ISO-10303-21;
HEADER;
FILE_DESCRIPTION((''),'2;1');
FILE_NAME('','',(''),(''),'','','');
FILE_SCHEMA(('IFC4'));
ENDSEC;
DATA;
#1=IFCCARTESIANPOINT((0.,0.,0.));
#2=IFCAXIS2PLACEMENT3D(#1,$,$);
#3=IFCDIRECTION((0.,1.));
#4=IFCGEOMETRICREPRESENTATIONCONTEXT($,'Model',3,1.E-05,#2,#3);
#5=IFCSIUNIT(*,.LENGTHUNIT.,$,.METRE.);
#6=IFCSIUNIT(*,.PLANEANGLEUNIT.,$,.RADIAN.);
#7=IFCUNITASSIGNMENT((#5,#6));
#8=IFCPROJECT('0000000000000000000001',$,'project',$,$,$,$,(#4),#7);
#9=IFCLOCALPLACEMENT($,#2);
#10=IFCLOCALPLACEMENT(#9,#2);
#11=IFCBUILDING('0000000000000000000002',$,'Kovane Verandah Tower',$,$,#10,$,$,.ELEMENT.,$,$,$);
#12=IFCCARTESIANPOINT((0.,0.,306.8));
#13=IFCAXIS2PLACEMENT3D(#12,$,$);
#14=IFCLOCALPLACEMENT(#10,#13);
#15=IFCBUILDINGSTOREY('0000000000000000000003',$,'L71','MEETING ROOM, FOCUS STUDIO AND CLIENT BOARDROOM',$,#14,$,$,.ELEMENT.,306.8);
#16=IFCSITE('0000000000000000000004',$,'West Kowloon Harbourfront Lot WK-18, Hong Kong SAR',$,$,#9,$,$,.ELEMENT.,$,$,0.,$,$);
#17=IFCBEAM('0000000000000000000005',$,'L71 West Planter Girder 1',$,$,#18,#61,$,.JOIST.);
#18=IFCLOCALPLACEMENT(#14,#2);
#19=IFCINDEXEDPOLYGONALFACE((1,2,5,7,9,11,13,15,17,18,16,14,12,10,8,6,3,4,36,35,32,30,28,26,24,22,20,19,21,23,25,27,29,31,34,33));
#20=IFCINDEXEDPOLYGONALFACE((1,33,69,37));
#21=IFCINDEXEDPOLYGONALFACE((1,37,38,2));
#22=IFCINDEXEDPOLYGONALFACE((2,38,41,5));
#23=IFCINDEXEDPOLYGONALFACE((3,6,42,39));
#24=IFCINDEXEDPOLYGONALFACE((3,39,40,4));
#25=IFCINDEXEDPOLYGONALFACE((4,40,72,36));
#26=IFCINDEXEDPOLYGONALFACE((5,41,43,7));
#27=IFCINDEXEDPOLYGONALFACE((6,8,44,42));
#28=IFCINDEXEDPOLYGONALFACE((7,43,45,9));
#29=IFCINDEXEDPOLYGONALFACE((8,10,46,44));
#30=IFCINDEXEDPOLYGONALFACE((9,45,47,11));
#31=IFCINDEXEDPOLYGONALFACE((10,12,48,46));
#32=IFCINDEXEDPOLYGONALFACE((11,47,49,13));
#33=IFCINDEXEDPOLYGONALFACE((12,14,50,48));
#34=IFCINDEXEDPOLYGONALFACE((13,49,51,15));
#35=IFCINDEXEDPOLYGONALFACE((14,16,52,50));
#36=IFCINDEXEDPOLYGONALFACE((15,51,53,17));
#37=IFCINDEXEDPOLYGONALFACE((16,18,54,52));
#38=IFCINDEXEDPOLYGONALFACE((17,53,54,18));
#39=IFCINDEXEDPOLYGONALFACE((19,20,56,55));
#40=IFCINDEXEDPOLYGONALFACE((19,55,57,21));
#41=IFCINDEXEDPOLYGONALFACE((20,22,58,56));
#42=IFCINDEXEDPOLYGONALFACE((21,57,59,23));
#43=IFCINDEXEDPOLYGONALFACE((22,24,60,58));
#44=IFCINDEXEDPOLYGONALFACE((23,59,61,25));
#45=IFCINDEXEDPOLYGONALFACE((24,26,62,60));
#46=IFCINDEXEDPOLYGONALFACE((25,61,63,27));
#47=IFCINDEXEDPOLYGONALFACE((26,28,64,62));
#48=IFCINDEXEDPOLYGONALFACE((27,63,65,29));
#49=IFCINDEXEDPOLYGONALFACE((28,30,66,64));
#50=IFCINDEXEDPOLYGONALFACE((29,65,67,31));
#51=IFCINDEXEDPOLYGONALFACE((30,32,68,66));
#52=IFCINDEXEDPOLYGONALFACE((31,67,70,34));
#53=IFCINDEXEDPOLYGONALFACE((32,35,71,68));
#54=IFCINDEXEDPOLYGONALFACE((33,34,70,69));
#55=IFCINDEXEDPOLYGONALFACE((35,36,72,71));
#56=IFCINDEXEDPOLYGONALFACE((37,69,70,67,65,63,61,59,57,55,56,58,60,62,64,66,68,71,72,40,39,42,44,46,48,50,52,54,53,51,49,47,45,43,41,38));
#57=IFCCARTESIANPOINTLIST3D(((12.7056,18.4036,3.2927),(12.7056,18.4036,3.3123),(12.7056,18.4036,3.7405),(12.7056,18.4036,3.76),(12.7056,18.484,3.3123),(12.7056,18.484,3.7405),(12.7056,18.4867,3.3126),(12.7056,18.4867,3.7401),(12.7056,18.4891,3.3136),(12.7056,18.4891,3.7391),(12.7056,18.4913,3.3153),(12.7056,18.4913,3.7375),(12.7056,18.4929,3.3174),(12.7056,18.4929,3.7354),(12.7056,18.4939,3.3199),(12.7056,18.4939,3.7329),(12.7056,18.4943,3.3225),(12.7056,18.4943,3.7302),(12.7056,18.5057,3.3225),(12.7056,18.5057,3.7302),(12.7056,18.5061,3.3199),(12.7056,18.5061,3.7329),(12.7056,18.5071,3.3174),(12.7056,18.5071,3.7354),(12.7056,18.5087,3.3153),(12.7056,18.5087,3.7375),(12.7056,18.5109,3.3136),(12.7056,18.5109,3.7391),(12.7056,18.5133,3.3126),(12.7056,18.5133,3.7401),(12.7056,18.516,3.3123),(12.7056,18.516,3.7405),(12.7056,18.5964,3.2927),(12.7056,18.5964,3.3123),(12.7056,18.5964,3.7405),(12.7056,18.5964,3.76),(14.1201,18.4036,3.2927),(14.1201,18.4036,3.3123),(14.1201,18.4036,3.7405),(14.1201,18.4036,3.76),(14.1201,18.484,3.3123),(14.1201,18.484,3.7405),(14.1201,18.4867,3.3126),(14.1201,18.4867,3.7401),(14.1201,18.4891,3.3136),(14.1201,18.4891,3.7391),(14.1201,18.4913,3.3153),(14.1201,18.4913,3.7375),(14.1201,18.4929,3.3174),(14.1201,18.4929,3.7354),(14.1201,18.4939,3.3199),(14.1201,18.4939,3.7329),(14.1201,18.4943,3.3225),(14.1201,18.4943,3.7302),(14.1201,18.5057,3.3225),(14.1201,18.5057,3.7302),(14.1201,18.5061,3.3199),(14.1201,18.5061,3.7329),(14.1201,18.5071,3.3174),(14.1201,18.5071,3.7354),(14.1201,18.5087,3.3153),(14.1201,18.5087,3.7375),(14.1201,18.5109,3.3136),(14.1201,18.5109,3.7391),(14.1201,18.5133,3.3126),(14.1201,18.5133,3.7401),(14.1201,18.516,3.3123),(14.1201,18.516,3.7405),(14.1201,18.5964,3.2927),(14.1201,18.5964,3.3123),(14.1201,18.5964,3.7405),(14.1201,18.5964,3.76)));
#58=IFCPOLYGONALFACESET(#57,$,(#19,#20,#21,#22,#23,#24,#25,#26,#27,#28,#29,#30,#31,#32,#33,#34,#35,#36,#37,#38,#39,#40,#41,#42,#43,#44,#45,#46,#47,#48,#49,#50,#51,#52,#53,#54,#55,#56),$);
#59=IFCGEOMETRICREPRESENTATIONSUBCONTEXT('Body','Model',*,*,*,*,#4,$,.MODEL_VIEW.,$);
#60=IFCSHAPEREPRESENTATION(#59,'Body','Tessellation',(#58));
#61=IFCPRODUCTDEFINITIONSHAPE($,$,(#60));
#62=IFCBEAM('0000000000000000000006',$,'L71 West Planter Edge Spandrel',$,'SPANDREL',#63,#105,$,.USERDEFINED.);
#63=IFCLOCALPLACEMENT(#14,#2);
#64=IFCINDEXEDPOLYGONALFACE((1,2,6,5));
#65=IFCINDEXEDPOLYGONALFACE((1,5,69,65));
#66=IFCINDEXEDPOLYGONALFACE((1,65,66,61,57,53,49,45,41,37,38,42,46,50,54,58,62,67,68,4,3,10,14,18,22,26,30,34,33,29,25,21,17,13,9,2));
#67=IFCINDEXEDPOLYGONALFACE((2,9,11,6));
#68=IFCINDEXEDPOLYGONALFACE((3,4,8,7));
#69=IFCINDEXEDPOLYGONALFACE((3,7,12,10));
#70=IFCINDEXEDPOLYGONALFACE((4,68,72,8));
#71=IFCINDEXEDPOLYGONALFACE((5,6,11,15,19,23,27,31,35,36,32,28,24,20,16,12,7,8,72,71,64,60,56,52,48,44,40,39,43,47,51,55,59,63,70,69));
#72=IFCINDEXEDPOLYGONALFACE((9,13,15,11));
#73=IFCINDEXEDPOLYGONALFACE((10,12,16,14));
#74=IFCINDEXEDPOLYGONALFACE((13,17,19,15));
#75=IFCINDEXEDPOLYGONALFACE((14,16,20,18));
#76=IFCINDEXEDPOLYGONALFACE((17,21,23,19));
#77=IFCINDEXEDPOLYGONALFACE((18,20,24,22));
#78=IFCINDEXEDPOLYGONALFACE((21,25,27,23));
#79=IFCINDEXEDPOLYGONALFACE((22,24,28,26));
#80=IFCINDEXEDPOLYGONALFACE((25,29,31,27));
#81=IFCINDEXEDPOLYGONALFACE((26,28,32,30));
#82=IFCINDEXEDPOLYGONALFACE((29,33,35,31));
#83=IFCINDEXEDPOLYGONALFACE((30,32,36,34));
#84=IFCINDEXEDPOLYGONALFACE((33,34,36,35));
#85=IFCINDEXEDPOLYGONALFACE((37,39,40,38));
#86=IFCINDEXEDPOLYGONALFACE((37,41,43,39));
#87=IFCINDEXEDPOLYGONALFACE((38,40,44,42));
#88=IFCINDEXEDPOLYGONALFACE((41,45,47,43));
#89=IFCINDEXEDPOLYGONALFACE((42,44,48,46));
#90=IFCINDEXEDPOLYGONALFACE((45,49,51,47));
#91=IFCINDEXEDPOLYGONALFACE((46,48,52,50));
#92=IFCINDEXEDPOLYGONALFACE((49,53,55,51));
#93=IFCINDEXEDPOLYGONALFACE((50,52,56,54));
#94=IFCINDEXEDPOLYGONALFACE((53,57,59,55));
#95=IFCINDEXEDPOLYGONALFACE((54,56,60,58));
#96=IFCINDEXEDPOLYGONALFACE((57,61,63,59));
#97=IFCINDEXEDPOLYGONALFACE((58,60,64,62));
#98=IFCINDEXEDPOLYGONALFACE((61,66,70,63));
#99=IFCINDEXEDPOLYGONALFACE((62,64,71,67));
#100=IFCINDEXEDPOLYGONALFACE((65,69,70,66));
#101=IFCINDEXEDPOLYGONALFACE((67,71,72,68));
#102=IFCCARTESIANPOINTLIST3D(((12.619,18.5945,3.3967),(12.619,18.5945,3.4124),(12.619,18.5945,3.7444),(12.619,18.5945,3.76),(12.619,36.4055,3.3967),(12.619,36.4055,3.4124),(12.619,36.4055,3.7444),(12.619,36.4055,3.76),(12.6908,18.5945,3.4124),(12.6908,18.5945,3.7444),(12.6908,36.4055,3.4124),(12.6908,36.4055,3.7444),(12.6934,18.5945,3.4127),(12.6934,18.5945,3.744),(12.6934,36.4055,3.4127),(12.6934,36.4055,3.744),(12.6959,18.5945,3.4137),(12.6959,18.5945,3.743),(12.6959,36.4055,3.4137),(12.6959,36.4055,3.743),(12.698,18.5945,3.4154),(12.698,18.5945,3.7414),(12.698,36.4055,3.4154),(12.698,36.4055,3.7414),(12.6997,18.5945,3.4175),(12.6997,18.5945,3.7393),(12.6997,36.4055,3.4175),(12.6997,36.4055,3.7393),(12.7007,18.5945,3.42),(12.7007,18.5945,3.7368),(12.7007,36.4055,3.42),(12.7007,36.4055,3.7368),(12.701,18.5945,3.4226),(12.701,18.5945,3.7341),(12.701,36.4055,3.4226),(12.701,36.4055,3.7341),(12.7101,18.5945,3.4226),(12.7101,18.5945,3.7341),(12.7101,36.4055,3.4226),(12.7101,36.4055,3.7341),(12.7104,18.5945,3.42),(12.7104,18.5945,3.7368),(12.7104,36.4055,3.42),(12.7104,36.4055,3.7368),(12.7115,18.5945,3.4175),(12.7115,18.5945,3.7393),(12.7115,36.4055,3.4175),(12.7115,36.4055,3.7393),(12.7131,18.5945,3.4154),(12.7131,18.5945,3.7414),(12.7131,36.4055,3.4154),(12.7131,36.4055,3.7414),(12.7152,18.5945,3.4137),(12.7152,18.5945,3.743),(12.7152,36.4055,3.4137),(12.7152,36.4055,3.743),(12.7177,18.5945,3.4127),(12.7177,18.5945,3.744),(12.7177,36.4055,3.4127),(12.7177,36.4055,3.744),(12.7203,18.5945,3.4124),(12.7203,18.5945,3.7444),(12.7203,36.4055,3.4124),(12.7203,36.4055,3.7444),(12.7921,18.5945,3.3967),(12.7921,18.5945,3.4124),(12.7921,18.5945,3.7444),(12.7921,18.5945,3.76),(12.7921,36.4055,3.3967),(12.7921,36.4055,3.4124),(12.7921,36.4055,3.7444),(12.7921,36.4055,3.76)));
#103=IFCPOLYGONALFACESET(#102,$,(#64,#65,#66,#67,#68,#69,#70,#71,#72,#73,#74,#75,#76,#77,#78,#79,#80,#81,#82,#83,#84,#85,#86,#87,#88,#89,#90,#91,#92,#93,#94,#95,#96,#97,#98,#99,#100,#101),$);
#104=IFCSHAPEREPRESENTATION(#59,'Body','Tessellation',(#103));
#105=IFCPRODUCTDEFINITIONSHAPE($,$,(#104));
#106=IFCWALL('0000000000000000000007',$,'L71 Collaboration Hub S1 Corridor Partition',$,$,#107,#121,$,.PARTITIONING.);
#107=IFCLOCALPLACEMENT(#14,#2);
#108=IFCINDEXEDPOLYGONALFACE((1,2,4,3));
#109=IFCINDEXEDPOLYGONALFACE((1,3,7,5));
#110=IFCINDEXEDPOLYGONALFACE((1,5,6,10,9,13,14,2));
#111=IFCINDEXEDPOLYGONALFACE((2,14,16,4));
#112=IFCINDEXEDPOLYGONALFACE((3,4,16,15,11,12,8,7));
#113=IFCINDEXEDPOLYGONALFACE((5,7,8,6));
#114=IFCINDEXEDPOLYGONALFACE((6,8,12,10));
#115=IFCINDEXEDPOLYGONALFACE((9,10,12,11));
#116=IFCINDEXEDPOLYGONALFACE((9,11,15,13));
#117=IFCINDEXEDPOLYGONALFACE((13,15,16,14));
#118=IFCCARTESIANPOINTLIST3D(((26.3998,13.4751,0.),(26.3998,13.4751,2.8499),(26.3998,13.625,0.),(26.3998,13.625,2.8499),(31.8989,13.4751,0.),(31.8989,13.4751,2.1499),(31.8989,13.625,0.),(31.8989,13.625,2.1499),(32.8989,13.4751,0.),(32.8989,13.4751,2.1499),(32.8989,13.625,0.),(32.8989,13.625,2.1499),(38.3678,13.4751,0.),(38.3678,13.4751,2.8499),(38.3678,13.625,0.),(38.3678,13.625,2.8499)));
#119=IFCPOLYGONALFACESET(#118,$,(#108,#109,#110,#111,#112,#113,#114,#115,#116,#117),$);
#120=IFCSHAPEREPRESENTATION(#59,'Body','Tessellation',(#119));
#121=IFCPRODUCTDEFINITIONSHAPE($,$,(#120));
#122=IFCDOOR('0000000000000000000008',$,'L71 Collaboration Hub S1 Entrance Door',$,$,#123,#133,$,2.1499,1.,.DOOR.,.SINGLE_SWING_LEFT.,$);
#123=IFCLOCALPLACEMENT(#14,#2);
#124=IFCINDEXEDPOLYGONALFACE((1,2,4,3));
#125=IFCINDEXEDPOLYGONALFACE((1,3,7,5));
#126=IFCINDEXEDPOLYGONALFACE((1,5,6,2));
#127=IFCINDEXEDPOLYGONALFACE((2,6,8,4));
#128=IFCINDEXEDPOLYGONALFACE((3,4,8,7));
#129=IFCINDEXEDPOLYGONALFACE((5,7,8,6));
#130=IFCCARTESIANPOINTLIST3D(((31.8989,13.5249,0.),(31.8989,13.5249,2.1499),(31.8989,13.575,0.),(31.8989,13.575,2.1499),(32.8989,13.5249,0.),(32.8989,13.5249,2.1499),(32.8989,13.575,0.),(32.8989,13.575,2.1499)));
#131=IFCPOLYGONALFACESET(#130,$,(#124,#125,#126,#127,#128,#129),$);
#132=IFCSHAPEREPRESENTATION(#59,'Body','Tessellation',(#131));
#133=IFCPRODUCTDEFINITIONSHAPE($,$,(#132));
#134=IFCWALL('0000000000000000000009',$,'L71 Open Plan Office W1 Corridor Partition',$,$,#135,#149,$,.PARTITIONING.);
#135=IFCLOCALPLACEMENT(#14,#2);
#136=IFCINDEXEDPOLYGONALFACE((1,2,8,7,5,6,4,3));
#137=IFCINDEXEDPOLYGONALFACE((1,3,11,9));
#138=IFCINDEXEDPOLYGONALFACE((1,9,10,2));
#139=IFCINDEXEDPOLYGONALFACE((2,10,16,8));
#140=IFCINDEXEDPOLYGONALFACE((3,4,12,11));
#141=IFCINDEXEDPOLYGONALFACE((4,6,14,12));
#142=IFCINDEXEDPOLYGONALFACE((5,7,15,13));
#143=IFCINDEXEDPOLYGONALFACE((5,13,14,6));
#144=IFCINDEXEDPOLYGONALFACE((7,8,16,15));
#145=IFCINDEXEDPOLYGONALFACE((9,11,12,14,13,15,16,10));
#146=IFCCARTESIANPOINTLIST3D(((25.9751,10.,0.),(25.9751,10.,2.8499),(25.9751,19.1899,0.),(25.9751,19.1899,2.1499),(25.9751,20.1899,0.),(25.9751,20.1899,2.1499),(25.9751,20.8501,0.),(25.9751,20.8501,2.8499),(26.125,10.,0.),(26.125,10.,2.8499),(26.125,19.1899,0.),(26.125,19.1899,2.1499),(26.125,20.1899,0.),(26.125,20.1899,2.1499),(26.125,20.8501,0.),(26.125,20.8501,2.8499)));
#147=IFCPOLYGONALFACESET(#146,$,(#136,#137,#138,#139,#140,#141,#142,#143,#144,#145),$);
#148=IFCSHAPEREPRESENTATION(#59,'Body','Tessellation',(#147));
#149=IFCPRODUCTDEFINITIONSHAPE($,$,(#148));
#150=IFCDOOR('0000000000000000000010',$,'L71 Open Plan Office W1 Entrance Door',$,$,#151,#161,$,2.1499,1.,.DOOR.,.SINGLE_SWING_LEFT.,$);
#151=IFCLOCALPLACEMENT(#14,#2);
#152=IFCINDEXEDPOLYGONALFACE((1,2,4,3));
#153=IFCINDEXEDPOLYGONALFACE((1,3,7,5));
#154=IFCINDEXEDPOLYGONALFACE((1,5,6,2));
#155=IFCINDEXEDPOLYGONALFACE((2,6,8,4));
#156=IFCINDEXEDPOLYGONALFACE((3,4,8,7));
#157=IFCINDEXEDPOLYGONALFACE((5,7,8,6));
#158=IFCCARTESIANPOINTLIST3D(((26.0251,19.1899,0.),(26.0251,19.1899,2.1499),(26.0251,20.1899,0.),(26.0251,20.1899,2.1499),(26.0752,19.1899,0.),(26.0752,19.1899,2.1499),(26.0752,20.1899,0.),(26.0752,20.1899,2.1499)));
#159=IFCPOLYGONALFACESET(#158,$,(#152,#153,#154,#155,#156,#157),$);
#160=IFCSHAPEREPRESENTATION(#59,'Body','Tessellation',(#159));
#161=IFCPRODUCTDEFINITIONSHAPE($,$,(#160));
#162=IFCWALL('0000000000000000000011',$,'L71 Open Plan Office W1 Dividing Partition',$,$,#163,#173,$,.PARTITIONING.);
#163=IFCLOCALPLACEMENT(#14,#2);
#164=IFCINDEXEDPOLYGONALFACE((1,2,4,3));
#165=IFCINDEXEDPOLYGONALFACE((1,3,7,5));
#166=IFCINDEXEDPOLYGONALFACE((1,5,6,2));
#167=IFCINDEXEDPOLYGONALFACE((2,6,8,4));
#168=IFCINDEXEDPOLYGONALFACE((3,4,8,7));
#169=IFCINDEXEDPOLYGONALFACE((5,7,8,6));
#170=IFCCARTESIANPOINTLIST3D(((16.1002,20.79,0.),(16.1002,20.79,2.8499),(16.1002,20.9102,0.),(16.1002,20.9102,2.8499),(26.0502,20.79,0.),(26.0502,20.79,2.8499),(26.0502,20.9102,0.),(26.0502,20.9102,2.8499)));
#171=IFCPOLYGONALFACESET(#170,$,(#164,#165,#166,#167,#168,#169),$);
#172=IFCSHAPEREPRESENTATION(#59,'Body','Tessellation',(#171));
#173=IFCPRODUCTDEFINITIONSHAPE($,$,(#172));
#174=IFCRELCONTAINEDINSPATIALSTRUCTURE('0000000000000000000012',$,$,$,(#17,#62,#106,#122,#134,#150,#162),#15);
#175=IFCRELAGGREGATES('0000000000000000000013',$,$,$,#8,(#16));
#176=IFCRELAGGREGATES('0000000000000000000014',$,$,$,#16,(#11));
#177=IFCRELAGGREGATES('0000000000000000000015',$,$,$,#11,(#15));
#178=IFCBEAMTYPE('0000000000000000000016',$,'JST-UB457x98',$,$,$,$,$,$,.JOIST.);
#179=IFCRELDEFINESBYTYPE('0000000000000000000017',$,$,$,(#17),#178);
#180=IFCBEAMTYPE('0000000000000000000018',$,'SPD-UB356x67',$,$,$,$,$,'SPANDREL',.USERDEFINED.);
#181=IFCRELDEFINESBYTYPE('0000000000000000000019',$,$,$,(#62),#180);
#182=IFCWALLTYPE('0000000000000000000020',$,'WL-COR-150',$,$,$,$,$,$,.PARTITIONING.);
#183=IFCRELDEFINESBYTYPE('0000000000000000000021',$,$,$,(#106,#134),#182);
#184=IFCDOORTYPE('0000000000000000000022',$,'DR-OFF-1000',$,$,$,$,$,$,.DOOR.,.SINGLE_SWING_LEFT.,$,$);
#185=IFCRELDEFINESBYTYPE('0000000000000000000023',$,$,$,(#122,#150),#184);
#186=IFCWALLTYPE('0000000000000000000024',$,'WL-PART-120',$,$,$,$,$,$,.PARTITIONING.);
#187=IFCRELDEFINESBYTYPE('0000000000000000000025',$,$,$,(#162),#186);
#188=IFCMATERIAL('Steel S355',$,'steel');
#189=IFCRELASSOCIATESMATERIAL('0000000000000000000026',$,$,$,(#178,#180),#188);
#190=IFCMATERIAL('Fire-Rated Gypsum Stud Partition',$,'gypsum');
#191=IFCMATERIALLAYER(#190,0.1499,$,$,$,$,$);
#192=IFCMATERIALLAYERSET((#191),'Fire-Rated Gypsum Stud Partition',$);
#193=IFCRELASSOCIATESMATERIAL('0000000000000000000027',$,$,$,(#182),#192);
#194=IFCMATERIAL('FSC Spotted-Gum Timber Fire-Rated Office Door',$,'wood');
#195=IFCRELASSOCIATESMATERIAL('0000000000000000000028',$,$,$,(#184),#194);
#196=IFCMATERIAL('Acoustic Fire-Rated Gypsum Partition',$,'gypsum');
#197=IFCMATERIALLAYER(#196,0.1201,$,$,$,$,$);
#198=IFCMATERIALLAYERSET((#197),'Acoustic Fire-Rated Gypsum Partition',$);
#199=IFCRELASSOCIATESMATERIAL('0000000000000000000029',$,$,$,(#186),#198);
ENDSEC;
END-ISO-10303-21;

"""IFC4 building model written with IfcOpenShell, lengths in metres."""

from ifc_helpers import new_model, si_unit, direction, frame, frame_2d, origin, origin_2d, place, context, subcontext, project, spatial, rectangle, i_section, extrude, material, layer, layer_set, material_profile, profile_set, type_object, element, fill, save


model = new_model("IFC4")

# Units and contexts
model_context = context("Model", 3, precision=1e-05, world=origin(), true_north=direction((0.0, 1.0)))
body_context = subcontext(model_context, "Body", "Model", "MODEL_VIEW")
ifc_project = project(units=[si_unit("LENGTHUNIT", "METRE"), si_unit("PLANEANGLEUNIT", "RADIAN")], contexts=[model_context])

# Site, building, storey
site_placement = place(None, origin())
site = spatial("IfcSite", under=ifc_project, at=site_placement, Name="West Kowloon Harbourfront Lot WK-18, Hong Kong SAR", CompositionType="ELEMENT", RefElevation=0.0)
building_placement = place(site_placement, origin())
building = spatial("IfcBuilding", under=site, at=building_placement, Name="Kovane Verandah Tower", CompositionType="ELEMENT")
storey_placement = place(building_placement, frame((0.0, 0.0, 306.8)))
storey = spatial("IfcBuildingStorey", under=building, at=storey_placement, Name="L71", Description="MEETING ROOM, FOCUS STUDIO AND CLIENT BOARDROOM", CompositionType="ELEMENT", Elevation=306.8)

# Beams
ifc_material_1 = material(Name="Steel S355", Category="steel")
ifc_material_profile_1 = material_profile(ifc_material_1, i_section(OverallWidth=0.1929, OverallDepth=0.4673, WebThickness=0.0115, FlangeThickness=0.0195, FilletRadius=0.0103, at=origin_2d()), Name="UB457x191x98")
ifc_profile_set_1 = profile_set([ifc_material_profile_1], Name="Steel S355")
beam_type_1 = type_object("IfcBeamType", Name="JST-UB457x98", PredefinedType="JOIST", material=ifc_profile_set_1)
beam_1_placement = place(storey_placement, frame((14.1201, 18.5, 3.5264), z_axis=(-1.0, 0.0, 0.0), x_axis=(0.0, -1.0, 0.0)))
element("IfcBeam", 1, at=beam_1_placement, inside=storey, type_object=beam_type_1, Name="L71 West Planter Girder 1", PredefinedType="JOIST", context=body_context, shape_type="SweptSolid", body=[
    extrude(i_section(OverallWidth=0.1929, OverallDepth=0.4673, WebThickness=0.0115, FlangeThickness=0.0195, FilletRadius=0.0103, at=origin_2d()), origin(), (0.0, 0.0, 1.0), 1.4146),
])
ifc_material_profile_2 = material_profile(ifc_material_1, i_section(OverallWidth=0.1731, OverallDepth=0.3633, WebThickness=0.009, FlangeThickness=0.0156, FilletRadius=0.0103, at=origin_2d()), Name="UB356x171x67")
ifc_profile_set_2 = profile_set([ifc_material_profile_2], Name="Steel S355")
beam_type_2 = type_object("IfcBeamType", Name="SPD-UB356x67", ElementType="SPANDREL", PredefinedType="USERDEFINED", material=ifc_profile_set_2)
beam_2_placement = place(storey_placement, frame((12.7056, 18.5945, 3.5784), z_axis=(0.0, 1.0, 0.0), x_axis=(-1.0, 0.0, 0.0)))
element("IfcBeam", 2, at=beam_2_placement, inside=storey, type_object=beam_type_2, Name="L71 West Planter Edge Spandrel", ObjectType="SPANDREL", PredefinedType="USERDEFINED", context=body_context, shape_type="SweptSolid", body=[
    extrude(i_section(OverallWidth=0.1731, OverallDepth=0.3633, WebThickness=0.009, FlangeThickness=0.0156, FilletRadius=0.0103, at=origin_2d()), origin(), (0.0, 0.0, 1.0), 17.811),
])

# Walls, openings, doors
ifc_material_2 = material(Name="Fire-Rated Gypsum Stud Partition", Category="gypsum")
ifc_layer_1 = layer(ifc_material_2, 0.1499)
ifc_layer_set_1 = layer_set([ifc_layer_1], Name="Fire-Rated Gypsum Stud Partition")
wall_type_1 = type_object("IfcWallType", Name="WL-COR-150", PredefinedType="PARTITIONING", material=ifc_layer_set_1)
wall_1_placement = place(storey_placement, frame((26.3999, 13.55, 0.0), z_axis=(0.0, 0.0, 1.0), x_axis=(1.0, 0.0, 0.0)))
wall_1 = element("IfcWall", 3, at=wall_1_placement, inside=storey, type_object=wall_type_1, Name="L71 Collaboration Hub S1 Corridor Partition", PredefinedType="PARTITIONING", context=body_context, shape_type="SweptSolid", body=[
    extrude(rectangle(XDim=11.968, YDim=0.1499, at=frame_2d((5.9839, 0.0))), origin(), (0.0, 0.0, 1.0), 2.8499),
])
opening_1_placement = place(wall_1_placement, frame((5.499, 0.0, 0.0)))
opening_1 = element("IfcOpeningElement", 4, at=opening_1_placement, cuts=wall_1, PredefinedType="OPENING", context=body_context, shape_type="SweptSolid", body=[
    extrude(rectangle(XDim=1.0, YDim=2.1499, at=frame_2d((0.5, 1.075))), frame((0.0, 0.075, 0.0), z_axis=(0.0, -1.0, 0.0), x_axis=(1.0, 0.0, 0.0)), (0.0, 0.0, 1.0), 0.1499),
])
ifc_material_3 = material(Name="FSC Spotted-Gum Timber Fire-Rated Office Door", Category="wood")
door_type_1 = type_object("IfcDoorType", Name="DR-OFF-1000", OperationType="SINGLE_SWING_LEFT", PredefinedType="DOOR", material=ifc_material_3)
door_1_placement = place(opening_1_placement, origin())
door_1 = element("IfcDoor", 5, at=door_1_placement, inside=storey, type_object=door_type_1, Name="L71 Collaboration Hub S1 Entrance Door", OperationType="SINGLE_SWING_LEFT", OverallHeight=2.1499, OverallWidth=1.0, PredefinedType="DOOR", context=body_context, shape_type="SweptSolid", body=[
    extrude(rectangle(XDim=1.0, YDim=2.1499, at=frame_2d((0.5, 1.075))), frame((0.0, 0.0249, 0.0), z_axis=(0.0, -1.0, 0.0), x_axis=(1.0, 0.0, 0.0)), (0.0, 0.0, 1.0), 0.05),
])
fill(opening_1, door_1)
wall_2_placement = place(storey_placement, frame((26.05, 10.0, 0.0), z_axis=(0.0, 0.0, 1.0), x_axis=(0.0, 1.0, 0.0)))
wall_2 = element("IfcWall", 6, at=wall_2_placement, inside=storey, type_object=wall_type_1, Name="L71 Open Plan Office W1 Corridor Partition", PredefinedType="PARTITIONING", context=body_context, shape_type="SweptSolid", body=[
    extrude(rectangle(XDim=10.8501, YDim=0.1499, at=frame_2d((5.425, 0.0))), origin(), (0.0, 0.0, 1.0), 2.8499),
])
opening_2_placement = place(wall_2_placement, frame((9.1899, 0.0, 0.0)))
opening_2 = element("IfcOpeningElement", 7, at=opening_2_placement, cuts=wall_2, PredefinedType="OPENING", context=body_context, shape_type="SweptSolid", body=[
    extrude(rectangle(XDim=1.0, YDim=2.1499, at=frame_2d((0.5, 1.075))), frame((0.0, 0.075, 0.0), z_axis=(0.0, -1.0, 0.0), x_axis=(1.0, 0.0, 0.0)), (0.0, 0.0, 1.0), 0.1499),
])
door_2_placement = place(opening_2_placement, origin())
door_2 = element("IfcDoor", 8, at=door_2_placement, inside=storey, type_object=door_type_1, Name="L71 Open Plan Office W1 Entrance Door", OperationType="SINGLE_SWING_LEFT", OverallHeight=2.1499, OverallWidth=1.0, PredefinedType="DOOR", context=body_context, shape_type="SweptSolid", body=[
    extrude(rectangle(XDim=1.0, YDim=2.1499, at=frame_2d((0.5, 1.075))), frame((0.0, 0.0249, 0.0), z_axis=(0.0, -1.0, 0.0), x_axis=(1.0, 0.0, 0.0)), (0.0, 0.0, 1.0), 0.05),
])
fill(opening_2, door_2)

# Wall
ifc_material_4 = material(Name="Acoustic Fire-Rated Gypsum Partition", Category="gypsum")
ifc_layer_2 = layer(ifc_material_4, 0.1201)
ifc_layer_set_2 = layer_set([ifc_layer_2], Name="Acoustic Fire-Rated Gypsum Partition")
wall_type_2 = type_object("IfcWallType", Name="WL-PART-120", PredefinedType="PARTITIONING", material=ifc_layer_set_2)
wall_3_placement = place(storey_placement, frame((16.1001, 20.8501, 0.0), z_axis=(0.0, 0.0, 1.0), x_axis=(1.0, 0.0, 0.0)))
element("IfcWall", 9, at=wall_3_placement, inside=storey, type_object=wall_type_2, Name="L71 Open Plan Office W1 Dividing Partition", PredefinedType="PARTITIONING", context=body_context, shape_type="SweptSolid", body=[
    extrude(rectangle(XDim=9.95, YDim=0.1201, at=frame_2d((4.9751, 0.0))), origin(), (0.0, 0.0, 1.0), 2.8499),
])

save(model, "model.ifc")
